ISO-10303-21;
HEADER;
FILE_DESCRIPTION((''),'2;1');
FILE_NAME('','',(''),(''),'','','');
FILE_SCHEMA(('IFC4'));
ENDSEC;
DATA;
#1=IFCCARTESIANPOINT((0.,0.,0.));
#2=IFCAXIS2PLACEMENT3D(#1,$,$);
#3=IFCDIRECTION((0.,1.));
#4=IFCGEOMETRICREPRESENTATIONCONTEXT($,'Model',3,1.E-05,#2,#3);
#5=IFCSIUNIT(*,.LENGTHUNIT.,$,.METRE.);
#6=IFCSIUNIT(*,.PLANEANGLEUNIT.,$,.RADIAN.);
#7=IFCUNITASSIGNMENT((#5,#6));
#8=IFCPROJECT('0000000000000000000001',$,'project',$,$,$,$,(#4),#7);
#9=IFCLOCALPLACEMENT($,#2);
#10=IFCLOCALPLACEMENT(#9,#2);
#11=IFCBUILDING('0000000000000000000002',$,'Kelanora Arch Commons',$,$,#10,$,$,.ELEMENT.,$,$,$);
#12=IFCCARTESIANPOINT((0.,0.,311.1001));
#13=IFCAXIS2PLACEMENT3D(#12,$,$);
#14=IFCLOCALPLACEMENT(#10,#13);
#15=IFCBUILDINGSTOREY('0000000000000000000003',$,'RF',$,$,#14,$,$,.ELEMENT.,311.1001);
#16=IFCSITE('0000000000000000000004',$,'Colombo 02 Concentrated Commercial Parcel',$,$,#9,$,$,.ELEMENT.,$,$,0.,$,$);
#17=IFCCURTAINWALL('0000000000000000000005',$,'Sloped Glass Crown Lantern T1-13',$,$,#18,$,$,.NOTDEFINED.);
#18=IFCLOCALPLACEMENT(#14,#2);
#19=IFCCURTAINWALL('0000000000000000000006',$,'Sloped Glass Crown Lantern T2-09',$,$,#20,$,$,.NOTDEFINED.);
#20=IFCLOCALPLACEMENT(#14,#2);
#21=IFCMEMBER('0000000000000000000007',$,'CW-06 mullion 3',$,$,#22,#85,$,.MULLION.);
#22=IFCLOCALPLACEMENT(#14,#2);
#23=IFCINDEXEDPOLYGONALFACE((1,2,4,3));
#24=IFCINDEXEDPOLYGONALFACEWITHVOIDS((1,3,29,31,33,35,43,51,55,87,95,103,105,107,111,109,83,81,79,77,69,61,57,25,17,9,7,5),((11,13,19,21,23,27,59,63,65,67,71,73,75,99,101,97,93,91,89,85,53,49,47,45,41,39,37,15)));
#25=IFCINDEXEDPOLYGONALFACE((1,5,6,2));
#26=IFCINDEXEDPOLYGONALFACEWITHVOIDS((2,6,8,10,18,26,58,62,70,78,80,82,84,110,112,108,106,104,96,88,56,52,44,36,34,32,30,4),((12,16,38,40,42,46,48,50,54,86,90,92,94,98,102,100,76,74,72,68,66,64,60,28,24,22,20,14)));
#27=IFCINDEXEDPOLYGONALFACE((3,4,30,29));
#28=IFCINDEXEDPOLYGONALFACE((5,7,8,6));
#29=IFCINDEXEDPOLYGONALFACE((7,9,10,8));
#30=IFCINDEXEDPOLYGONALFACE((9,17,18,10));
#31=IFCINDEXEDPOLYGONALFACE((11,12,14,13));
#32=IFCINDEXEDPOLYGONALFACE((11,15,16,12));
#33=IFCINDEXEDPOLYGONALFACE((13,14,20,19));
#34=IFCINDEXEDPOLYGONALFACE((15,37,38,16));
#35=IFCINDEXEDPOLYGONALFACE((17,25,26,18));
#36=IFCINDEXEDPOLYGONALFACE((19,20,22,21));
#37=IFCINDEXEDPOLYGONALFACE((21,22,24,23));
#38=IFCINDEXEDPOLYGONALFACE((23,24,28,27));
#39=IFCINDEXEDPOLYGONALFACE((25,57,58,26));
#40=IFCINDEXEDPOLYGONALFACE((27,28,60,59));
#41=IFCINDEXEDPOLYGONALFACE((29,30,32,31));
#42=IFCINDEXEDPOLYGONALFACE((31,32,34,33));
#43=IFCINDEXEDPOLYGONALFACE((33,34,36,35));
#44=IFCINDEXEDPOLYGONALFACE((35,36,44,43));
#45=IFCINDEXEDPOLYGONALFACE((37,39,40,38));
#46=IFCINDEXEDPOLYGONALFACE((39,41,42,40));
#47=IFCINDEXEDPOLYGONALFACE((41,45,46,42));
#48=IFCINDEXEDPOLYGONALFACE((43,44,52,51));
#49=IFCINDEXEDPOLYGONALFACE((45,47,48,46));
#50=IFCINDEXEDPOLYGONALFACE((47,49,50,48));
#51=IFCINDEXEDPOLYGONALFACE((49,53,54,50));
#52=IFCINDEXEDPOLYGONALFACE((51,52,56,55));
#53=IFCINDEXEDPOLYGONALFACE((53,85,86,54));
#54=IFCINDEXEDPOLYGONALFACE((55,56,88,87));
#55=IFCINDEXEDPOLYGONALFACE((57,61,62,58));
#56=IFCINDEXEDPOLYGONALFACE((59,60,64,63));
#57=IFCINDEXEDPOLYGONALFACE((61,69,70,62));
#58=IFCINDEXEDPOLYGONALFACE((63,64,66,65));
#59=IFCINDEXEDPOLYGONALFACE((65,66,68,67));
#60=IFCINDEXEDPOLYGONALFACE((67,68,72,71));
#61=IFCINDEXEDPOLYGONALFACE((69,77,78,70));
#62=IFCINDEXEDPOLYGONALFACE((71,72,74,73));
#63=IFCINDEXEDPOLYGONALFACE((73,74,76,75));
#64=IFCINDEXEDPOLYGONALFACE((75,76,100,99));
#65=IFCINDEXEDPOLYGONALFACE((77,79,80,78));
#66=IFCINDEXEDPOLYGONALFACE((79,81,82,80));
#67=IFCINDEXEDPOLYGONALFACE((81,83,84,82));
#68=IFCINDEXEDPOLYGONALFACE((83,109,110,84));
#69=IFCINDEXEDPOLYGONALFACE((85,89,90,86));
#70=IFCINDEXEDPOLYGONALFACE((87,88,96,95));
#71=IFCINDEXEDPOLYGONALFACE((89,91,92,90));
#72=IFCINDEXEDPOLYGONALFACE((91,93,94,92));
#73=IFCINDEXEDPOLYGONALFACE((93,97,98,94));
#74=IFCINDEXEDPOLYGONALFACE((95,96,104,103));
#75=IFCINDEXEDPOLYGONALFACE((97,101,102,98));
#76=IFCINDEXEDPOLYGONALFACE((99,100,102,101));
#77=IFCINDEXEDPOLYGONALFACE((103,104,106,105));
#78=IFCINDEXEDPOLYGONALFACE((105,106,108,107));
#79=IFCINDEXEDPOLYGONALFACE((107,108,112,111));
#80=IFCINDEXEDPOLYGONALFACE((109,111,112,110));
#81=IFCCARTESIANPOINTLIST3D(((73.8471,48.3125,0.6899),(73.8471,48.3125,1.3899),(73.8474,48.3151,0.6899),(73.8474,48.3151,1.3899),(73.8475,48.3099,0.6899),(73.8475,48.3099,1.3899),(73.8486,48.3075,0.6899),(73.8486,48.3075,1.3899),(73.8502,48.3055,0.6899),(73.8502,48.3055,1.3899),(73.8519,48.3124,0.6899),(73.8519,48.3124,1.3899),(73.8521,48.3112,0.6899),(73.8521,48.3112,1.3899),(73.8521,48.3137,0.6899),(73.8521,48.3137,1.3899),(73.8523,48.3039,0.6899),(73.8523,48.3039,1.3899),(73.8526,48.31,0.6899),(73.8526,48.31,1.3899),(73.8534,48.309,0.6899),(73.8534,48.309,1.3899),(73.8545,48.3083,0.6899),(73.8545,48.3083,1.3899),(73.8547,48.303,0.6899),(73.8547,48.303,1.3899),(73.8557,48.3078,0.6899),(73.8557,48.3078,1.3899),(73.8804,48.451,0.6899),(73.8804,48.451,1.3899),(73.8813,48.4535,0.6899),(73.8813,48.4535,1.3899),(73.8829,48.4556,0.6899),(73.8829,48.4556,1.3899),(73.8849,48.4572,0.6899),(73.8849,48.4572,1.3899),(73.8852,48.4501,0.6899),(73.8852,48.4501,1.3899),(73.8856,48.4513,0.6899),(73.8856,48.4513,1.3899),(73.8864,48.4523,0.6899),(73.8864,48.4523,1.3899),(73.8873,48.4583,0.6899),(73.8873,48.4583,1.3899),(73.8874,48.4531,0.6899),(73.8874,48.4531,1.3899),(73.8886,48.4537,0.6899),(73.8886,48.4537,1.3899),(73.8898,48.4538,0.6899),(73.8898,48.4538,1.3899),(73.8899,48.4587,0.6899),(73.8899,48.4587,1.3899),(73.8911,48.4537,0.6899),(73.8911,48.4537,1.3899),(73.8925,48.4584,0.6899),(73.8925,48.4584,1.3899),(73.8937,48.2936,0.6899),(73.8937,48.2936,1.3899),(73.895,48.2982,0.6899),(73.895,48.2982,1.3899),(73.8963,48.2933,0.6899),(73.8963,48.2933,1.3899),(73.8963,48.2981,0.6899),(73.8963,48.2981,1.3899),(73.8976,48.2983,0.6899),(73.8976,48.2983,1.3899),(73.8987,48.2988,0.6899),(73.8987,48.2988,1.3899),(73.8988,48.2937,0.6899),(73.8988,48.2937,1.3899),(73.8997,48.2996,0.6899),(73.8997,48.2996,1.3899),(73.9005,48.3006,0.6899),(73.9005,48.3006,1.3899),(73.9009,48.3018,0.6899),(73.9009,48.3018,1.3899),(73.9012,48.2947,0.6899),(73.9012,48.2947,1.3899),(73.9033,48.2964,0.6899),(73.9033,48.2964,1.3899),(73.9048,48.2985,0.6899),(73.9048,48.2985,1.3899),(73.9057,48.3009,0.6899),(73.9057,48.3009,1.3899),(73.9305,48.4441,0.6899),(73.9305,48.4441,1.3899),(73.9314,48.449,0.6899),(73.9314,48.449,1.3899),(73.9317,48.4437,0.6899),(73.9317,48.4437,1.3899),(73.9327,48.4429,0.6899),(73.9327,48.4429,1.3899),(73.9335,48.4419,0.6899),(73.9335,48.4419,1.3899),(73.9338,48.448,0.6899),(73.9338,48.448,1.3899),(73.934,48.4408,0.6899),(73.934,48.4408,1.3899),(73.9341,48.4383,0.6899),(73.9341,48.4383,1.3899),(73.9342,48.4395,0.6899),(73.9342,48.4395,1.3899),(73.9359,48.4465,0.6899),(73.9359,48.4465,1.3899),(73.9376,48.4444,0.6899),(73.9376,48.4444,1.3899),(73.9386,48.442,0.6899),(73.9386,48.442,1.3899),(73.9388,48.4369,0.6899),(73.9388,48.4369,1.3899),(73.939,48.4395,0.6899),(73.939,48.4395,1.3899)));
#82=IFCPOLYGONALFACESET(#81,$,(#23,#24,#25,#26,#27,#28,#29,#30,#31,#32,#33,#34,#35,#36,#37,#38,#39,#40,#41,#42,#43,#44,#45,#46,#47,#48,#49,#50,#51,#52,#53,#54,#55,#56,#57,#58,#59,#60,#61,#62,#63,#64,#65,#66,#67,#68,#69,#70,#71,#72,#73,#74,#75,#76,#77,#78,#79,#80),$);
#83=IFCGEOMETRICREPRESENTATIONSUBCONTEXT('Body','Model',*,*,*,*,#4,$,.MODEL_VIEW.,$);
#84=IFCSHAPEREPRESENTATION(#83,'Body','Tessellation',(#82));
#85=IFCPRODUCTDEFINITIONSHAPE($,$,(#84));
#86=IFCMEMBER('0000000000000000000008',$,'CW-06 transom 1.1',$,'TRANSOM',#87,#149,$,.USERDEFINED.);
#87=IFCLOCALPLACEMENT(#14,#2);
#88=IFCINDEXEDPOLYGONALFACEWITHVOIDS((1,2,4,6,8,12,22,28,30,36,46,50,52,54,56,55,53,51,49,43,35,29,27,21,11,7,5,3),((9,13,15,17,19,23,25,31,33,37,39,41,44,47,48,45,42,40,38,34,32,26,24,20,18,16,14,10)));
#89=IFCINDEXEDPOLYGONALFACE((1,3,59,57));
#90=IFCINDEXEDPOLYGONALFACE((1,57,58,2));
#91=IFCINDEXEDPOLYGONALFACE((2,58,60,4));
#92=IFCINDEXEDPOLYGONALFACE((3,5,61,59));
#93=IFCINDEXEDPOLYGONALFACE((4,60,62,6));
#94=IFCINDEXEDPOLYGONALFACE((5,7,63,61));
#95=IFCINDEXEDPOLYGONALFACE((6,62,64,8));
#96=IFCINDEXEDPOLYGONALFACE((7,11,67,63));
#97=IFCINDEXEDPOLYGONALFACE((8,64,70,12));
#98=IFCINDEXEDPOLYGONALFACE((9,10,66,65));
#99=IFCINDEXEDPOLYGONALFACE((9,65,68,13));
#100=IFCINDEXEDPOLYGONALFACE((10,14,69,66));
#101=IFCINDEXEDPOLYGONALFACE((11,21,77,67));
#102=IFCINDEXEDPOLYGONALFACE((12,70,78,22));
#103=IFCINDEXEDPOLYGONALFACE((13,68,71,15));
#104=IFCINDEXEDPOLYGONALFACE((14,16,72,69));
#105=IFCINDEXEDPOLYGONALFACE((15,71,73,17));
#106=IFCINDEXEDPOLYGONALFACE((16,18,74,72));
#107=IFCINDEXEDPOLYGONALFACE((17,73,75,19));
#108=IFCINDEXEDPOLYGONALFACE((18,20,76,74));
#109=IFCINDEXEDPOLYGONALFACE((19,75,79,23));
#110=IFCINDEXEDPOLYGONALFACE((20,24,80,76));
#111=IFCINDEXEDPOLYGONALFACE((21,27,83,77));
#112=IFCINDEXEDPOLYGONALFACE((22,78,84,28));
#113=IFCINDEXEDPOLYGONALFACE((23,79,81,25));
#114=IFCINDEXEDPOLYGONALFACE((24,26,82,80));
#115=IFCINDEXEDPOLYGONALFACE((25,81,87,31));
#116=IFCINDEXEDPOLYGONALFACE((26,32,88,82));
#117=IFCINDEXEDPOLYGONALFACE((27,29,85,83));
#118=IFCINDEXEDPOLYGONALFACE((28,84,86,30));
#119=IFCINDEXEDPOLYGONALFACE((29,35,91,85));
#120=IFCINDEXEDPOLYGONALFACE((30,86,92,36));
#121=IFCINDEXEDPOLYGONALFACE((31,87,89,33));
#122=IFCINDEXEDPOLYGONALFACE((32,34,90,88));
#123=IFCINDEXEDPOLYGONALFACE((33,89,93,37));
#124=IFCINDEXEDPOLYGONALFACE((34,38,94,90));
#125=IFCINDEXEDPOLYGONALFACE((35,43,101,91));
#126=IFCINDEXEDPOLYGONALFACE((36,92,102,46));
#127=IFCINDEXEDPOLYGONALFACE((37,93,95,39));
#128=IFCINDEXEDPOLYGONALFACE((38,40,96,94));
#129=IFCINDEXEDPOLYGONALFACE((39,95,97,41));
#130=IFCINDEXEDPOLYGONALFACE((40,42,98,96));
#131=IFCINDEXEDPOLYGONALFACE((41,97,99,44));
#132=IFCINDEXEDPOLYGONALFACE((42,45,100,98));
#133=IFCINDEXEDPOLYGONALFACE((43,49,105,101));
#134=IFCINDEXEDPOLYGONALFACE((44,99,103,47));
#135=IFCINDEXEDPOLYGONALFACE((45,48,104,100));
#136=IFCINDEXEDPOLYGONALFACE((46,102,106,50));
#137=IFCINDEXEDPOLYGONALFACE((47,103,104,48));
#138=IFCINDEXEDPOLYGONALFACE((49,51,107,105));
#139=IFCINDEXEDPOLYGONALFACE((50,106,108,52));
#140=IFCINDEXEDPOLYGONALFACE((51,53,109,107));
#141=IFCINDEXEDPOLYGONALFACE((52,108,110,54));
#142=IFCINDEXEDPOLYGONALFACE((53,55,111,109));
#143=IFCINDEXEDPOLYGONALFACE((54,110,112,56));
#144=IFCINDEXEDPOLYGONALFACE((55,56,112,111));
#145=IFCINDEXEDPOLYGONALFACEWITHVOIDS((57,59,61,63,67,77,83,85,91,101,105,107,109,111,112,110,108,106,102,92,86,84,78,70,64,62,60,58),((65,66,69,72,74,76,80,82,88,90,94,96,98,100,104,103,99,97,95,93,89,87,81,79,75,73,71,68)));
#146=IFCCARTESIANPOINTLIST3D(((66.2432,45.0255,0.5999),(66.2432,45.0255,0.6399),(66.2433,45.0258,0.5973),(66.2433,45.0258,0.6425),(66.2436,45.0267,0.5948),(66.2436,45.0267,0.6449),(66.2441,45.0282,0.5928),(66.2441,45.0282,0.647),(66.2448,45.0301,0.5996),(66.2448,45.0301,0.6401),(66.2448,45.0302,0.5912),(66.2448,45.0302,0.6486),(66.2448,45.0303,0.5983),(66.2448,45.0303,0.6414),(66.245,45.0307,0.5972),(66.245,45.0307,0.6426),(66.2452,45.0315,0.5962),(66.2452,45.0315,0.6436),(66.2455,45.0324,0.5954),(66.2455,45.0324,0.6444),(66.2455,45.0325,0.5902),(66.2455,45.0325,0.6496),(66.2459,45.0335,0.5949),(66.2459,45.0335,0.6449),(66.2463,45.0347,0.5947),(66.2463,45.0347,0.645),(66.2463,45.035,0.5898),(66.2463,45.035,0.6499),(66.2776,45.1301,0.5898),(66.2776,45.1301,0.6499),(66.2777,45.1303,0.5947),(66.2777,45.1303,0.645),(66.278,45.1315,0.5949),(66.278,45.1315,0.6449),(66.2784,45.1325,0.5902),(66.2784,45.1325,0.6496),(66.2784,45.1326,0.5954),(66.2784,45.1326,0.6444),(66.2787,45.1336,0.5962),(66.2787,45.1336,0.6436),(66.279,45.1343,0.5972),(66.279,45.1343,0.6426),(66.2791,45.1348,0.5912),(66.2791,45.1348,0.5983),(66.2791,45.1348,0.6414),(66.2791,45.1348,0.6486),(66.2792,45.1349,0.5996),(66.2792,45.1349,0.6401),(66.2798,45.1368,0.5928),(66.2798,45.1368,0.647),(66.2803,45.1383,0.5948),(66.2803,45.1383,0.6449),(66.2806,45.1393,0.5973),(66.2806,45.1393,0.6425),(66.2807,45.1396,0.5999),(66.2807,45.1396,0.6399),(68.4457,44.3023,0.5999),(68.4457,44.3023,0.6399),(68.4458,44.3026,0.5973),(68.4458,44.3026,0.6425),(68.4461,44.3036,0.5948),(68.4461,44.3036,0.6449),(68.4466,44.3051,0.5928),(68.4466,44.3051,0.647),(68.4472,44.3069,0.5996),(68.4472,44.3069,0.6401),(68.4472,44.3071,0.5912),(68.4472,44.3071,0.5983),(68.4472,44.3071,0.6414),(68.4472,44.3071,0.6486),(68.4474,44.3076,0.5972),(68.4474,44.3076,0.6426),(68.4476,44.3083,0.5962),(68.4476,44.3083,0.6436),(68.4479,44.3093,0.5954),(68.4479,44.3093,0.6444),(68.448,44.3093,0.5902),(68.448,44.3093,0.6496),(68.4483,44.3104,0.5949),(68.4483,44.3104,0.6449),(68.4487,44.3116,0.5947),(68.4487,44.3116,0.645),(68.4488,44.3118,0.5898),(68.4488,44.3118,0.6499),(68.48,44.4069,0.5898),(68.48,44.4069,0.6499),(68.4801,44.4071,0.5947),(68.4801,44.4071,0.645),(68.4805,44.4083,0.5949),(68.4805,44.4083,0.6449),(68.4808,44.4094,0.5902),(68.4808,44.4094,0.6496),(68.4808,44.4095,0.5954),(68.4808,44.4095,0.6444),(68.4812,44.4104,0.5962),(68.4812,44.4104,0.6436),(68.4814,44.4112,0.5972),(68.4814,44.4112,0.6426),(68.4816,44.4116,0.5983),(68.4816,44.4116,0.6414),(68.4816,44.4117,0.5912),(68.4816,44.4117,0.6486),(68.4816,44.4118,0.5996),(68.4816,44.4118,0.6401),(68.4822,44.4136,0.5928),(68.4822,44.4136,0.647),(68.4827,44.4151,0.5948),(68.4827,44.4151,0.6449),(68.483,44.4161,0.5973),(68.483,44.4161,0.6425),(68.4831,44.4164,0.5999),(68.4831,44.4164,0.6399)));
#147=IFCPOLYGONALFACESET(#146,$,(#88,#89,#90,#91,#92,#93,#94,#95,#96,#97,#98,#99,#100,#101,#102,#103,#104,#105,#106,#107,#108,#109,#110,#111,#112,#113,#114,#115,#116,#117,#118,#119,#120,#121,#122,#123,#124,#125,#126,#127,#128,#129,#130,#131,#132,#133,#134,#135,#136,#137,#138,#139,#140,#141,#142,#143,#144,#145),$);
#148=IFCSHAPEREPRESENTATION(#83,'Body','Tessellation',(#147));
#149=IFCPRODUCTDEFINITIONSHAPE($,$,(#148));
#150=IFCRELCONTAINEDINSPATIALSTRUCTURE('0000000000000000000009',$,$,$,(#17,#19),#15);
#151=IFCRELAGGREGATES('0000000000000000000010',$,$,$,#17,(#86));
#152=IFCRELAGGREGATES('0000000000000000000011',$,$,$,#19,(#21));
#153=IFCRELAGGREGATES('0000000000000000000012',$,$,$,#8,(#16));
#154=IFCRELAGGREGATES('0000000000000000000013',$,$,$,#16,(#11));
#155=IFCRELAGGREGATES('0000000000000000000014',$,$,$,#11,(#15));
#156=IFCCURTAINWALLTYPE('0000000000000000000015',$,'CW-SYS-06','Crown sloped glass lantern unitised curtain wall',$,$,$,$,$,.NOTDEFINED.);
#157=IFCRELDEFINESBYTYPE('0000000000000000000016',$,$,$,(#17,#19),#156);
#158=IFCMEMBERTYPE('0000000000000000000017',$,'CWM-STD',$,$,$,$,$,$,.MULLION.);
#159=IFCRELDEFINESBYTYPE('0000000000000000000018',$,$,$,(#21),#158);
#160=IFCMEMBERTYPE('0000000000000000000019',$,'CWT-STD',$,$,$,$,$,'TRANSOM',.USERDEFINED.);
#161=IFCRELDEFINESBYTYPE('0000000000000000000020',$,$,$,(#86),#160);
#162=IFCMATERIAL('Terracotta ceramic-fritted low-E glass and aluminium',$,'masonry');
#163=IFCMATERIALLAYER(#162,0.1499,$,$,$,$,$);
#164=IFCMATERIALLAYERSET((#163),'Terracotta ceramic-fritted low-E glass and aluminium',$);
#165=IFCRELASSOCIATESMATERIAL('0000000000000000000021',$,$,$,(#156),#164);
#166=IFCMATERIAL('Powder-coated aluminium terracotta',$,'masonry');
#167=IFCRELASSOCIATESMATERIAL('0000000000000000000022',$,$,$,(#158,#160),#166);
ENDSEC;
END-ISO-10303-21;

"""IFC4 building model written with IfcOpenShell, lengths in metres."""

from ifc_helpers import new_model, si_unit, direction, frame, origin, origin_2d, place, context, subcontext, project, spatial, hollow_rectangle, extrude, material, layer, layer_set, material_profile, profile_set, type_object, element, aggregate, save


model = new_model("IFC4")

# Units and contexts
model_context = context("Model", 3, precision=1e-05, world=origin(), true_north=direction((0.0, 1.0)))
body_context = subcontext(model_context, "Body", "Model", "MODEL_VIEW")
ifc_project = project(units=[si_unit("LENGTHUNIT", "METRE"), si_unit("PLANEANGLEUNIT", "RADIAN")], contexts=[model_context])

# Site, building, storey
site_placement = place(None, origin())
site = spatial("IfcSite", under=ifc_project, at=site_placement, Name="Colombo 02 Concentrated Commercial Parcel", CompositionType="ELEMENT", RefElevation=0.0)
building_placement = place(site_placement, origin())
building = spatial("IfcBuilding", under=site, at=building_placement, Name="Kelanora Arch Commons", CompositionType="ELEMENT")
storey_placement = place(building_placement, frame((0.0, 0.0, 311.1001)))
storey = spatial("IfcBuildingStorey", under=building, at=storey_placement, Name="RF", CompositionType="ELEMENT", Elevation=311.1001)

# Curtain wall
ifc_material_1 = material(Name="Terracotta ceramic-fritted low-E glass and aluminium", Category="masonry")
ifc_layer_1 = layer(ifc_material_1, 0.1499)
ifc_layer_set_1 = layer_set([ifc_layer_1], Name="Terracotta ceramic-fritted low-E glass and aluminium")
curtain_wall_type = type_object("IfcCurtainWallType", Name="CW-SYS-06", Description="Crown sloped glass lantern unitised curtain wall", PredefinedType="NOTDEFINED", material=ifc_layer_set_1)
curtain_wall_1_placement = place(storey_placement, origin())
curtain_wall_1 = element("IfcCurtainWall", 1, at=curtain_wall_1_placement, inside=storey, type_object=curtain_wall_type, Name="Sloped Glass Crown Lantern T1-13", PredefinedType="NOTDEFINED")
ifc_material_2 = material(Name="Powder-coated aluminium terracotta", Category="masonry")
ifc_material_profile_1 = material_profile(ifc_material_2, hollow_rectangle(XDim=0.1599, YDim=0.0601, WallThickness=0.0049, InnerFilletRadius=0.0049, OuterFilletRadius=0.01, at=origin_2d()), Name="CWM160x60")
ifc_profile_set_1 = profile_set([ifc_material_profile_1], Name="Powder-coated aluminium terracotta")
member_type_1 = type_object("IfcMemberType", Name="CWM-STD", PredefinedType="MULLION", material=ifc_profile_set_1)

# Curtain wall, member
curtain_wall_2_placement = place(storey_placement, origin())
curtain_wall_2 = element("IfcCurtainWall", 2, at=curtain_wall_2_placement, inside=storey, type_object=curtain_wall_type, Name="Sloped Glass Crown Lantern T2-09", PredefinedType="NOTDEFINED")
member_1_placement = place(storey_placement, frame((73.8931, 48.376, 0.6899), z_axis=(0.0, 0.0, 1.0), x_axis=(0.235931, 0.97177, 0.0)))
member_1 = element("IfcMember", 3, at=member_1_placement, type_object=member_type_1, Name="CW-06 mullion 3", PredefinedType="MULLION", context=body_context, shape_type="SweptSolid", body=[
    extrude(hollow_rectangle(XDim=0.1599, YDim=0.0601, WallThickness=0.0049, InnerFilletRadius=0.0049, OuterFilletRadius=0.01, at=origin_2d()), origin(), (0.0, 0.0, 1.0), 0.7),
])

# Member
ifc_material_profile_2 = material_profile(ifc_material_2, hollow_rectangle(XDim=0.1201, YDim=0.0601, WallThickness=0.0049, InnerFilletRadius=0.0049, OuterFilletRadius=0.01, at=origin_2d()), Name="CWT120x60")
ifc_profile_set_2 = profile_set([ifc_material_profile_2], Name="Powder-coated aluminium terracotta")
member_type_2 = type_object("IfcMemberType", Name="CWT-STD", ElementType="TRANSOM", PredefinedType="USERDEFINED", material=ifc_profile_set_2)
member_2_placement = place(storey_placement, frame((66.262, 45.0825, 0.6199), z_axis=(0.950096, -0.311959, 0.0), x_axis=(0.311959, 0.950096, 0.0)))
member_2 = element("IfcMember", 4, at=member_2_placement, type_object=member_type_2, Name="CW-06 transom 1.1", ObjectType="TRANSOM", PredefinedType="USERDEFINED", context=body_context, shape_type="SweptSolid", body=[
    extrude(hollow_rectangle(XDim=0.1201, YDim=0.0601, WallThickness=0.0049, InnerFilletRadius=0.0049, OuterFilletRadius=0.01, at=origin_2d()), origin(), (0.0, 0.0, 1.0), 2.3181),
])

aggregate(curtain_wall_1, [member_2])
aggregate(curtain_wall_2, [member_1])

save(model, "model.ifc")
